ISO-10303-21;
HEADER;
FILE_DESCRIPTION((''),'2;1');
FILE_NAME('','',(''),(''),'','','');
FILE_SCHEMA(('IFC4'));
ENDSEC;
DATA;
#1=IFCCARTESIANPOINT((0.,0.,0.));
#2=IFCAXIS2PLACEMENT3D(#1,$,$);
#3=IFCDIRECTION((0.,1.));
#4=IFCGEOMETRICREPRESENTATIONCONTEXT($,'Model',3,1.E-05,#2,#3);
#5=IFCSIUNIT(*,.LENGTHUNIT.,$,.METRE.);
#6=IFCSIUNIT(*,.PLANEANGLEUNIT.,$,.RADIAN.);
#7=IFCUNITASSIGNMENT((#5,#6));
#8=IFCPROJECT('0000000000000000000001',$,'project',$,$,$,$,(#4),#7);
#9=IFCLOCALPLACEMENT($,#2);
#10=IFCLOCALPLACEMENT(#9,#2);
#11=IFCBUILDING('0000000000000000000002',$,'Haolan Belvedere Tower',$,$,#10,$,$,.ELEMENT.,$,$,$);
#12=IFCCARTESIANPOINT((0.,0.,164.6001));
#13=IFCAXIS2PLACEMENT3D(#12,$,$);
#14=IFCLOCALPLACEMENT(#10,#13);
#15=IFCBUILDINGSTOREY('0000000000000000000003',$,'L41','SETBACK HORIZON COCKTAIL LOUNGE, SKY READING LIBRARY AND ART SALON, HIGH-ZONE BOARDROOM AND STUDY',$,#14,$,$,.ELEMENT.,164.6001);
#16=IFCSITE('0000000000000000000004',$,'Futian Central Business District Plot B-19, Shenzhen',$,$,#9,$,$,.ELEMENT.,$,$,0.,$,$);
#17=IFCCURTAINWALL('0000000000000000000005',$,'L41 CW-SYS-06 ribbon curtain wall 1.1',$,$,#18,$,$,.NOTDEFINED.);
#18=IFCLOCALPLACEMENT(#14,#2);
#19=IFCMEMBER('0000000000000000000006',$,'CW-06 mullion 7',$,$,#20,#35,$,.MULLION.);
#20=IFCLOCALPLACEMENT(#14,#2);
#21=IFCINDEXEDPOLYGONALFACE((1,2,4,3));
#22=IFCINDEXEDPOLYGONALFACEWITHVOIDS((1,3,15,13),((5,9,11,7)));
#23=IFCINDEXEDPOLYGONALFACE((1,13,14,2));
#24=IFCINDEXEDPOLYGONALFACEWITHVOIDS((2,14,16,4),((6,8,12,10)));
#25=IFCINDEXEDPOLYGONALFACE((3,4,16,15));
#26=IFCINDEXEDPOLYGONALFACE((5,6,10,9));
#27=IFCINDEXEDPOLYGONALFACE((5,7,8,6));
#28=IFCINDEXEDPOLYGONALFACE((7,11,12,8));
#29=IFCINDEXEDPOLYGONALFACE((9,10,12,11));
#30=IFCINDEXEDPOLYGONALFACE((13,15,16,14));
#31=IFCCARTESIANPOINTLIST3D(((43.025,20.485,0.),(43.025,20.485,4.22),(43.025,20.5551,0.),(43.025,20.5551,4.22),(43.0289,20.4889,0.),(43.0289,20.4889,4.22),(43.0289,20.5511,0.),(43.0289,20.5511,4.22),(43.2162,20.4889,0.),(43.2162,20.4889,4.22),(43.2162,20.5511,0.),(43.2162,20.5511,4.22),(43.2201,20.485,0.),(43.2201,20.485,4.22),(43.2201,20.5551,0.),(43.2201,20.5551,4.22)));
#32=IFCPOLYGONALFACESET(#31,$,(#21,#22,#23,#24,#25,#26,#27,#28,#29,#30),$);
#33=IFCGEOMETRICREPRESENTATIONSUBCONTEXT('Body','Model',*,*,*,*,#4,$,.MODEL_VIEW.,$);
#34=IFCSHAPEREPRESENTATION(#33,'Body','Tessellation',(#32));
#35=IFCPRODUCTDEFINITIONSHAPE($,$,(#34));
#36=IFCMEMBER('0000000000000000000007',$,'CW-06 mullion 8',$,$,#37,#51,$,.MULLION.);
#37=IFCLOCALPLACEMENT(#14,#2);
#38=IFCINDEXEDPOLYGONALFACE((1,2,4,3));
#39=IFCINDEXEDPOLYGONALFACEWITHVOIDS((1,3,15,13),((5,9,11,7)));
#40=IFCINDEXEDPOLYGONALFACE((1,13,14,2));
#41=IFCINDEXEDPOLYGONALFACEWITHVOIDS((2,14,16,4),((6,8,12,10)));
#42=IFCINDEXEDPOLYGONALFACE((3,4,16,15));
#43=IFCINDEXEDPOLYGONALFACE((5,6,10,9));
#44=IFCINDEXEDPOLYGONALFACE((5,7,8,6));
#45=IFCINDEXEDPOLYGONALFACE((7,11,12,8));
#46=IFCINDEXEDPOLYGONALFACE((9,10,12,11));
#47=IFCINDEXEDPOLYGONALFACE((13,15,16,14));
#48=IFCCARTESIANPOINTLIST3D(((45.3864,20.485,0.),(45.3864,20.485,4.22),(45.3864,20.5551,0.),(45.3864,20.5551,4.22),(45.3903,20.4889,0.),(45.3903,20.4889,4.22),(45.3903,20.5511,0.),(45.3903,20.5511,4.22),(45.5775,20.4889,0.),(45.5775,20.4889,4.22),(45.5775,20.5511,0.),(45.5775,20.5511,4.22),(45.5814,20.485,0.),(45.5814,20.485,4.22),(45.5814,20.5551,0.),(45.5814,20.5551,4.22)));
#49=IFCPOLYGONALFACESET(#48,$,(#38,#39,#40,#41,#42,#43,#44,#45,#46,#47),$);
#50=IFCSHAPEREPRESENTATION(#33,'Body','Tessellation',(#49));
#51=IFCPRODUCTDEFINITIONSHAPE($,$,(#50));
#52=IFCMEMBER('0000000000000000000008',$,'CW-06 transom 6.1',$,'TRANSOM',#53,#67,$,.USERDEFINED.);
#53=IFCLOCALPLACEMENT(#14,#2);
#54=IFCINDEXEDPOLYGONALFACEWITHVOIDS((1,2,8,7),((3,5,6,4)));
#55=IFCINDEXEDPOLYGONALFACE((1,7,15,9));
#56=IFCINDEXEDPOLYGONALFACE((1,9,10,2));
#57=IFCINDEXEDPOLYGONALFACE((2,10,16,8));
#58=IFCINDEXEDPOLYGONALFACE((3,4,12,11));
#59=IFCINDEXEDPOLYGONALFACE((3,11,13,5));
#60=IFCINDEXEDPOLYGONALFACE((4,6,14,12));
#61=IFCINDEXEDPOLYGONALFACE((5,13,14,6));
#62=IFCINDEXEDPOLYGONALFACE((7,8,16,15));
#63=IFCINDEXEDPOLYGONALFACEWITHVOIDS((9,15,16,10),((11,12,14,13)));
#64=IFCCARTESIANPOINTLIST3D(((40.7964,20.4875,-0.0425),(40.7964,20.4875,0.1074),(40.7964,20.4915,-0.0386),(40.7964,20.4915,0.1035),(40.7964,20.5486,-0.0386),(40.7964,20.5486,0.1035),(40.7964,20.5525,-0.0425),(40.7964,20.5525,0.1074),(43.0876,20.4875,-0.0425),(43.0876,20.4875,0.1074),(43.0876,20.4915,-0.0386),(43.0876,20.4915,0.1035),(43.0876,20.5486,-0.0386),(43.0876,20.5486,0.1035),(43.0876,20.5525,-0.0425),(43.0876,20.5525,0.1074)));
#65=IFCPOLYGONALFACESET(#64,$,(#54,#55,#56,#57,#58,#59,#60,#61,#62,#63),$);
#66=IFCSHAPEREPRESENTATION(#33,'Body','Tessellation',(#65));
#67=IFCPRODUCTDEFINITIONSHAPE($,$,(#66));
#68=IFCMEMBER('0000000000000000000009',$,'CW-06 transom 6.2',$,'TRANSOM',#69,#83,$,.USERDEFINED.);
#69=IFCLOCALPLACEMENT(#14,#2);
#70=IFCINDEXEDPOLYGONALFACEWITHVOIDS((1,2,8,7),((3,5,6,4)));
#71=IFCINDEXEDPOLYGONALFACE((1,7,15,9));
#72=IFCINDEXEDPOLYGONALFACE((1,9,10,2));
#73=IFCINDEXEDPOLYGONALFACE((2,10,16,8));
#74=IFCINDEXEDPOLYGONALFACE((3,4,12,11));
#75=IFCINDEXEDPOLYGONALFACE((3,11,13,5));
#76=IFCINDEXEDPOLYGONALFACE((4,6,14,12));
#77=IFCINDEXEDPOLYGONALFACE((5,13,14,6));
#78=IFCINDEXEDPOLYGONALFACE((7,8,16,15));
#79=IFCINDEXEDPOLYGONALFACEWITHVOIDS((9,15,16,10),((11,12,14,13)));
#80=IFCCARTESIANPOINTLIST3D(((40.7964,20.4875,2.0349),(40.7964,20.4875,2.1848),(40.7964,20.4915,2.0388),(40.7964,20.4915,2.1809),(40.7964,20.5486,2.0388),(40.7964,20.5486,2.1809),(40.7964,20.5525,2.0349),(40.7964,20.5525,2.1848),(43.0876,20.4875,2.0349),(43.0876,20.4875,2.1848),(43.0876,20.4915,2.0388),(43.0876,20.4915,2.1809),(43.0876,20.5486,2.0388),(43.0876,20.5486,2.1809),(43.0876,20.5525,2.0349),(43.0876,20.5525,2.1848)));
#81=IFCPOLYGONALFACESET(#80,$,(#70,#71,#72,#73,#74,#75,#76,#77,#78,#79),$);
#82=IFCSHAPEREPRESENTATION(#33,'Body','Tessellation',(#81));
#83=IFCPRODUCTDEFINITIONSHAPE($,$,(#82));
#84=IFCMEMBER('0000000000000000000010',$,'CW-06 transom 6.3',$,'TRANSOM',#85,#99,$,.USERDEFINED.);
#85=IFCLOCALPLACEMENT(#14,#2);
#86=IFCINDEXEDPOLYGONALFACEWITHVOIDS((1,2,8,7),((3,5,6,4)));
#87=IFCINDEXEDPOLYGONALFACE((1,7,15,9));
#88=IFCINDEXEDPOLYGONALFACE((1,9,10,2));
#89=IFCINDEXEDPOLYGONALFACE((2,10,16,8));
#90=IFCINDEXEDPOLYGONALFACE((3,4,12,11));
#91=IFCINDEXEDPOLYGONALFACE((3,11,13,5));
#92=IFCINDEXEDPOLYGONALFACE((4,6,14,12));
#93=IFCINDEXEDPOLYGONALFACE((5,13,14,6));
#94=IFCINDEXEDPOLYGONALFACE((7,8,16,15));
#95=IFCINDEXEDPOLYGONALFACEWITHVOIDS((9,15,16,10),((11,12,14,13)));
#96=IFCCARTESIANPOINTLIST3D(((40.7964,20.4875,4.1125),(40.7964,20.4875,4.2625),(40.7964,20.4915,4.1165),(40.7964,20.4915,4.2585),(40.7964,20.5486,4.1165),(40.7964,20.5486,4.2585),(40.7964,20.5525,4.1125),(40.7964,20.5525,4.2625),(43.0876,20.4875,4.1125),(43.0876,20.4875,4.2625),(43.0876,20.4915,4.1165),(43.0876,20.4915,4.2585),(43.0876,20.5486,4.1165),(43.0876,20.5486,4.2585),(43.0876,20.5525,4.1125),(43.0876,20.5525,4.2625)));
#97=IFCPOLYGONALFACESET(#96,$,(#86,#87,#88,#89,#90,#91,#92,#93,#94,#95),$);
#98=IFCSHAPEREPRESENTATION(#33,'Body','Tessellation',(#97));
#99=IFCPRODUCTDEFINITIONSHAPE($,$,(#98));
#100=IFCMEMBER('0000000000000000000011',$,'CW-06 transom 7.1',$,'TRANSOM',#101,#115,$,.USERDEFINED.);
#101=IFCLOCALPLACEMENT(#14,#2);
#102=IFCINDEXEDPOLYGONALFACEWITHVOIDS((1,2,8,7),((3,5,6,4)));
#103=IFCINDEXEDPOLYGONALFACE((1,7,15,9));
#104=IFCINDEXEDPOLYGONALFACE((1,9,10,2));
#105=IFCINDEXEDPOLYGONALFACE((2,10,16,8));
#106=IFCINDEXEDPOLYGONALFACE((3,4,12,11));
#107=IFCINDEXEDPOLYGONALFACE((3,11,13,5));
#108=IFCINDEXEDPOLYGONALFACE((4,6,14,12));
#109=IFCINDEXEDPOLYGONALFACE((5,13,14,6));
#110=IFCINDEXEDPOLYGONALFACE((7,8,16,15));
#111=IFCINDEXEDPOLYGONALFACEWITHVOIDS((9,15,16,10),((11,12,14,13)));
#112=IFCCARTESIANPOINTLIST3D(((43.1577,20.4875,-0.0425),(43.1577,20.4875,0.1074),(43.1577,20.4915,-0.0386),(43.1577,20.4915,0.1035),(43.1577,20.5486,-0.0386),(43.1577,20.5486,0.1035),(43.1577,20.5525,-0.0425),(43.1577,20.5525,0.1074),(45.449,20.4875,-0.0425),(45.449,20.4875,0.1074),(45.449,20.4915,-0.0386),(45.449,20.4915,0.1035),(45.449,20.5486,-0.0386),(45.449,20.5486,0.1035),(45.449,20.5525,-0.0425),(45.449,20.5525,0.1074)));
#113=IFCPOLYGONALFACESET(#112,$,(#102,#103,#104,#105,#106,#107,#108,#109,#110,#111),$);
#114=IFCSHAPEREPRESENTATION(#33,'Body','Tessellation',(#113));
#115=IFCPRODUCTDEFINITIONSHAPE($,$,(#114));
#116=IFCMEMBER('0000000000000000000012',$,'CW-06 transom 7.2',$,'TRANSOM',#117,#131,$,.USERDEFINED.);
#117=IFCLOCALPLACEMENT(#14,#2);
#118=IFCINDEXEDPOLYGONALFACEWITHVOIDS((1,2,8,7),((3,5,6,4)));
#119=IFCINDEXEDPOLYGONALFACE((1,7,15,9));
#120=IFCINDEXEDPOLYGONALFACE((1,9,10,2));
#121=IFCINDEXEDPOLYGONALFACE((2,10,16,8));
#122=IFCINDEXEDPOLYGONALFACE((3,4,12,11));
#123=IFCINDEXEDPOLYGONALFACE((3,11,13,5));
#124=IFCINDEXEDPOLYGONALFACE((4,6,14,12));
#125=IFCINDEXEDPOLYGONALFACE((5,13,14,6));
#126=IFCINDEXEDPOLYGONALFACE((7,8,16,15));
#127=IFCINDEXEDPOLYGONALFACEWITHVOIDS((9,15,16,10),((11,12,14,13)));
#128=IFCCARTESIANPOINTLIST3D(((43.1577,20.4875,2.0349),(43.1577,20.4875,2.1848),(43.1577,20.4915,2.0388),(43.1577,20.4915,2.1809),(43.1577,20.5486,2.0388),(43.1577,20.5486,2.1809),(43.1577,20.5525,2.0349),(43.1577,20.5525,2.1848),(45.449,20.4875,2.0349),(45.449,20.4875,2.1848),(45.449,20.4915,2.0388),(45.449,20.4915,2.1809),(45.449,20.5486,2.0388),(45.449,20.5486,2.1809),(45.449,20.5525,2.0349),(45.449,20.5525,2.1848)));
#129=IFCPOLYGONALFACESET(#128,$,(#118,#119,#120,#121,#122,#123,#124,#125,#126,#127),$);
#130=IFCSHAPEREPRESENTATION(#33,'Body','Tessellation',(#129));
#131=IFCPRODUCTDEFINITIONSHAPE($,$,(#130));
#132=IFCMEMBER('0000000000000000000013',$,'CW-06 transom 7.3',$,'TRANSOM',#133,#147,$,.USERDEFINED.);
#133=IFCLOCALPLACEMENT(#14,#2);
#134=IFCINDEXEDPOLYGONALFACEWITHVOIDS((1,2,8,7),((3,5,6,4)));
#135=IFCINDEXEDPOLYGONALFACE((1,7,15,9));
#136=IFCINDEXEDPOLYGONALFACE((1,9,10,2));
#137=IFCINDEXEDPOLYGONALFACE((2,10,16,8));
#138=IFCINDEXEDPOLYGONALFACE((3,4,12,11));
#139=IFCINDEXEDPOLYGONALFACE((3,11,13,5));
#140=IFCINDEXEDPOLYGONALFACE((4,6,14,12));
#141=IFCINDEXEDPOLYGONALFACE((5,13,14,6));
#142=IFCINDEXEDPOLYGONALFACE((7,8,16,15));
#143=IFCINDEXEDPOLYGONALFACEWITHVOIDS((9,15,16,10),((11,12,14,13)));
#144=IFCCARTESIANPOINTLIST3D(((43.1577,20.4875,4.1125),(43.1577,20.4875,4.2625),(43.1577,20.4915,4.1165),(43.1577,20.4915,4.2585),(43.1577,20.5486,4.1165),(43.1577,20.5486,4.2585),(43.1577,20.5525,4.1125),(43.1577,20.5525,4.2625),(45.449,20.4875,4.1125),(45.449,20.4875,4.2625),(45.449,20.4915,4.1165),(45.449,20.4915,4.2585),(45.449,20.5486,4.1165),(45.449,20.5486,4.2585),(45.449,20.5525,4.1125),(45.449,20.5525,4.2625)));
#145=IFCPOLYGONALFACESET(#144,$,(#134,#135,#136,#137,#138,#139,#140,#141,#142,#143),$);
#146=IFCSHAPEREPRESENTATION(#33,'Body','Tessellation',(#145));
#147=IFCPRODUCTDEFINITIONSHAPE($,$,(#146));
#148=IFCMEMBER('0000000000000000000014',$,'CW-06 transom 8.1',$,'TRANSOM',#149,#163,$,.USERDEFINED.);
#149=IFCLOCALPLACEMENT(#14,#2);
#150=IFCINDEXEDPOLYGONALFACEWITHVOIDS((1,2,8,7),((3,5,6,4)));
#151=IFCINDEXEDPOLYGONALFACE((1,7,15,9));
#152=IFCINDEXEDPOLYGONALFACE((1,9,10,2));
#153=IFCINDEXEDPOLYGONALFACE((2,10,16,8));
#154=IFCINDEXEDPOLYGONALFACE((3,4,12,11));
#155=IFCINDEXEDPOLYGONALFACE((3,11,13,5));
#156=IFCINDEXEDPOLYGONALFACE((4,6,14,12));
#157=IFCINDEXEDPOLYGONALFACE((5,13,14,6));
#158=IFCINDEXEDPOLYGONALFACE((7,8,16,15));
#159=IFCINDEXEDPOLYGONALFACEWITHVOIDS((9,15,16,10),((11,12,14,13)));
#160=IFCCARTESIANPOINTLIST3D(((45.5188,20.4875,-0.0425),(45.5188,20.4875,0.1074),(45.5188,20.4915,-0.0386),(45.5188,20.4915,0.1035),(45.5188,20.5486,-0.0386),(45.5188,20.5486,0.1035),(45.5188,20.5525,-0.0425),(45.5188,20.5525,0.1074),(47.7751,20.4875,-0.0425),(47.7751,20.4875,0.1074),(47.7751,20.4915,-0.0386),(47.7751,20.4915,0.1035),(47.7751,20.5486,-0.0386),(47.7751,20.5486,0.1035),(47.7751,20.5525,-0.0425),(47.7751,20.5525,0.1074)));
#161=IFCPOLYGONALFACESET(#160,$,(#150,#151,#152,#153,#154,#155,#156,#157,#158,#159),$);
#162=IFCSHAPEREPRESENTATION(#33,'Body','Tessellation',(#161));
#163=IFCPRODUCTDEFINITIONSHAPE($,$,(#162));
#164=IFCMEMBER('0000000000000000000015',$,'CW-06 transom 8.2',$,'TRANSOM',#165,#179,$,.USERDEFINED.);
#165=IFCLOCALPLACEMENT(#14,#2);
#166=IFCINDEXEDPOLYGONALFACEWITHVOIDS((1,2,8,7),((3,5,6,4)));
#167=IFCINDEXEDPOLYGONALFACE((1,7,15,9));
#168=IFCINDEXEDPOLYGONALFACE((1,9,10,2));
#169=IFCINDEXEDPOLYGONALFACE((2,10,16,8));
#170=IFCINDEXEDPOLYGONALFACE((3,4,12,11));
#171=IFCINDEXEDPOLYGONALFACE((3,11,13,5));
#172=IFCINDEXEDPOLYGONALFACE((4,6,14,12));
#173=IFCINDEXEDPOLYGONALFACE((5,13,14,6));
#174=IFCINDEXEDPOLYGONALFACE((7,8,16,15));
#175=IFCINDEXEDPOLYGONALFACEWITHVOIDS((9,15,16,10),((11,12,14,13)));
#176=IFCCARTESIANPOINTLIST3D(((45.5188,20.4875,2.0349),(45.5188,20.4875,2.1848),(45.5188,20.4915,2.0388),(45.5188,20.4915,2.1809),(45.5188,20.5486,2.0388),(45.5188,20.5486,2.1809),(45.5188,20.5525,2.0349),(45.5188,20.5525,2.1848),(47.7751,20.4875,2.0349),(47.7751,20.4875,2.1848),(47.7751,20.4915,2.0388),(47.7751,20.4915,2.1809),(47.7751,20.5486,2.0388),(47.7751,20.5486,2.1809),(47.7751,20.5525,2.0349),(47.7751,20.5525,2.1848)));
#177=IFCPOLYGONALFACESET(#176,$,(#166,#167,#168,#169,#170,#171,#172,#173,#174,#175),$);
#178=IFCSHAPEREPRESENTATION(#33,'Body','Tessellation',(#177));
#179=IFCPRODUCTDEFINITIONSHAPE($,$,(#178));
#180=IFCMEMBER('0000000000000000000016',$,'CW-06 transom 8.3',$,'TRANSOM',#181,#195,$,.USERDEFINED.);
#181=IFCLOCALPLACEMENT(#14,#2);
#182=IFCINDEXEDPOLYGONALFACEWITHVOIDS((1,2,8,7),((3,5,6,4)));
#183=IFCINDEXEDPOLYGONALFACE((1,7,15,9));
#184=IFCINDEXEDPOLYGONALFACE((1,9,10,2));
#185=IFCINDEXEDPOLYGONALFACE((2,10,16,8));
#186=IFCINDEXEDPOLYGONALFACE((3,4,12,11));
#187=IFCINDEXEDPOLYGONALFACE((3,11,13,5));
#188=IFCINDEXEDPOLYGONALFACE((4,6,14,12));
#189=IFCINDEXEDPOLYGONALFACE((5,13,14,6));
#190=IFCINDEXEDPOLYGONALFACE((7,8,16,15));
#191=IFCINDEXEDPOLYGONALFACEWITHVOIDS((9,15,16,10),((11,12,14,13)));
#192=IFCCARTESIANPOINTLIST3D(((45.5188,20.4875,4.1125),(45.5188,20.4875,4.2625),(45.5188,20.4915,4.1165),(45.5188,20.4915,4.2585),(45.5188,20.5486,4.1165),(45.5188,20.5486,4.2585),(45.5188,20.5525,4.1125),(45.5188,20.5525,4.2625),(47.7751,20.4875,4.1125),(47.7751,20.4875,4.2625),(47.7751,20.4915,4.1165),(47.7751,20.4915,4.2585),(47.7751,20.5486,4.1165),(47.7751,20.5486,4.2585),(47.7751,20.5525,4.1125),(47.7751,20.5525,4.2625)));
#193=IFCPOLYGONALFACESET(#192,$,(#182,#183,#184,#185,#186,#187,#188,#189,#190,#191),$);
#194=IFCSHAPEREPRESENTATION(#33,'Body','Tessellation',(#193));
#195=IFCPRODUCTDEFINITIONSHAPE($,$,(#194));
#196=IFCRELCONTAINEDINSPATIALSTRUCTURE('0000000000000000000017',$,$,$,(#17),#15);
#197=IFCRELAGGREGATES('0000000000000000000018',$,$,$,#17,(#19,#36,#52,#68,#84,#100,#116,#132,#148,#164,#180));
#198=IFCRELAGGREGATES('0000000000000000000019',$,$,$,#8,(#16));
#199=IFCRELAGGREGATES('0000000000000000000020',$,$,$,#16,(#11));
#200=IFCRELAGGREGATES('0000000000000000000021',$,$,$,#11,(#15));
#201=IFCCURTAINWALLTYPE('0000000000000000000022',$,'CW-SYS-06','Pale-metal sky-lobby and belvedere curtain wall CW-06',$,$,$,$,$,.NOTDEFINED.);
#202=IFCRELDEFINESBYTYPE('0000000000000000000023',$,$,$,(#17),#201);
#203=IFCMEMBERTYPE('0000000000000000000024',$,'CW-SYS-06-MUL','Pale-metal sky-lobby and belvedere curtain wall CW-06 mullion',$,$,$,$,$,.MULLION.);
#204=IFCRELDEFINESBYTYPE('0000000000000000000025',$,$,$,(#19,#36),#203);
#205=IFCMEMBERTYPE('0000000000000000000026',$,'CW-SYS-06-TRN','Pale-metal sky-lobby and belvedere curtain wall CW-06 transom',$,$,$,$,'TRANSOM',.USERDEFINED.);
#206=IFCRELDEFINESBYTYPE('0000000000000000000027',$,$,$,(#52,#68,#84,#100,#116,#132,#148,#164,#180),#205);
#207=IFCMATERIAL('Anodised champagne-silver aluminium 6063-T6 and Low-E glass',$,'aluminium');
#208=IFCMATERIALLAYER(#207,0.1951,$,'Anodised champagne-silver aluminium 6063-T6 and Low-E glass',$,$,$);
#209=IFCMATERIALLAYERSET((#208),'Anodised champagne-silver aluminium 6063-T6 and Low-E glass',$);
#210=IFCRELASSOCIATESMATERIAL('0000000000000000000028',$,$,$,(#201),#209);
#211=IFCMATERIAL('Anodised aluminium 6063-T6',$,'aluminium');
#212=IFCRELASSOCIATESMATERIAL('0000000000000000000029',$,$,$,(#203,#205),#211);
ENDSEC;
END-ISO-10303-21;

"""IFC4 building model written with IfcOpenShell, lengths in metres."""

from ifc_helpers import new_model, si_unit, direction, frame, origin, origin_2d, place, context, subcontext, project, spatial, hollow_rectangle, extrude, material, layer, layer_set, material_profile, profile_set, type_object, element, aggregate, save


model = new_model("IFC4")

# Units and contexts
model_context = context("Model", 3, precision=1e-05, world=origin(), true_north=direction((0.0, 1.0)))
body_context = subcontext(model_context, "Body", "Model", "MODEL_VIEW")
ifc_project = project(units=[si_unit("LENGTHUNIT", "METRE"), si_unit("PLANEANGLEUNIT", "RADIAN")], contexts=[model_context])

# Site, building, storey
site_placement = place(None, origin())
site = spatial("IfcSite", under=ifc_project, at=site_placement, Name="Futian Central Business District Plot B-19, Shenzhen", CompositionType="ELEMENT", RefElevation=0.0)
building_placement = place(site_placement, origin())
building = spatial("IfcBuilding", under=site, at=building_placement, Name="Haolan Belvedere Tower", CompositionType="ELEMENT")
storey_placement = place(building_placement, frame((0.0, 0.0, 164.6001)))
storey = spatial("IfcBuildingStorey", under=building, at=storey_placement, Name="L41", Description="SETBACK HORIZON COCKTAIL LOUNGE, SKY READING LIBRARY AND ART SALON, HIGH-ZONE BOARDROOM AND STUDY", CompositionType="ELEMENT", Elevation=164.6001)

# Curtain wall, members
ifc_material_1 = material(Name="Anodised champagne-silver aluminium 6063-T6 and Low-E glass", Category="aluminium")
ifc_layer_1 = layer(ifc_material_1, 0.1951, Name="Anodised champagne-silver aluminium 6063-T6 and Low-E glass")
ifc_layer_set_1 = layer_set([ifc_layer_1], Name="Anodised champagne-silver aluminium 6063-T6 and Low-E glass")
curtain_wall_type = type_object("IfcCurtainWallType", Name="CW-SYS-06", Description="Pale-metal sky-lobby and belvedere curtain wall CW-06", PredefinedType="NOTDEFINED", material=ifc_layer_set_1)
curtain_wall_placement = place(storey_placement, origin())
curtain_wall = element("IfcCurtainWall", 1, at=curtain_wall_placement, inside=storey, type_object=curtain_wall_type, Name="L41 CW-SYS-06 ribbon curtain wall 1.1", PredefinedType="NOTDEFINED")
ifc_material_2 = material(Name="Anodised aluminium 6063-T6", Category="aluminium")
ifc_material_profile_1 = material_profile(ifc_material_2, hollow_rectangle(XDim=0.0701, YDim=0.1951, WallThickness=0.0039, at=origin_2d()), Name="Anodised aluminium 6063-T6")
ifc_profile_set_1 = profile_set([ifc_material_profile_1], Name="Anodised aluminium 6063-T6")
member_type_1 = type_object("IfcMemberType", Name="CW-SYS-06-MUL", Description="Pale-metal sky-lobby and belvedere curtain wall CW-06 mullion", PredefinedType="MULLION", material=ifc_profile_set_1)
member_1_placement = place(storey_placement, frame((43.1226, 20.52, 0.0), z_axis=(0.0, 0.0, 1.0), x_axis=(0.0, 1.0, 0.0)))
member_1 = element("IfcMember", 2, at=member_1_placement, type_object=member_type_1, Name="CW-06 mullion 7", PredefinedType="MULLION", context=body_context, shape_type="SweptSolid", body=[
    extrude(hollow_rectangle(XDim=0.0701, YDim=0.1951, WallThickness=0.0039, at=origin_2d()), origin(), (0.0, 0.0, 1.0), 4.22),
])
member_2_placement = place(storey_placement, frame((45.4839, 20.52, 0.0), z_axis=(0.0, 0.0, 1.0), x_axis=(0.0, 1.0, 0.0)))
member_2 = element("IfcMember", 3, at=member_2_placement, type_object=member_type_1, Name="CW-06 mullion 8", PredefinedType="MULLION", context=body_context, shape_type="SweptSolid", body=[
    extrude(hollow_rectangle(XDim=0.0701, YDim=0.1951, WallThickness=0.0039, at=origin_2d()), origin(), (0.0, 0.0, 1.0), 4.22),
])
ifc_material_profile_2 = material_profile(ifc_material_2, hollow_rectangle(XDim=0.0649, YDim=0.1499, WallThickness=0.0039, at=origin_2d()), Name="Anodised aluminium 6063-T6")
ifc_profile_set_2 = profile_set([ifc_material_profile_2], Name="Anodised aluminium 6063-T6")
member_type_2 = type_object("IfcMemberType", Name="CW-SYS-06-TRN", Description="Pale-metal sky-lobby and belvedere curtain wall CW-06 transom", ElementType="TRANSOM", PredefinedType="USERDEFINED", material=ifc_profile_set_2)
member_3_placement = place(storey_placement, frame((40.7964, 20.52, 0.0325), z_axis=(1.0, 0.0, 0.0), x_axis=(0.0, 1.0, 0.0)))
member_3 = element("IfcMember", 4, at=member_3_placement, type_object=member_type_2, Name="CW-06 transom 6.1", ObjectType="TRANSOM", PredefinedType="USERDEFINED", context=body_context, shape_type="SweptSolid", body=[
    extrude(hollow_rectangle(XDim=0.0649, YDim=0.1499, WallThickness=0.0039, at=origin_2d()), origin(), (0.0, 0.0, 1.0), 2.2913),
])
member_4_placement = place(storey_placement, frame((40.7964, 20.52, 2.1099), z_axis=(1.0, 0.0, 0.0), x_axis=(0.0, 1.0, 0.0)))
member_4 = element("IfcMember", 5, at=member_4_placement, type_object=member_type_2, Name="CW-06 transom 6.2", ObjectType="TRANSOM", PredefinedType="USERDEFINED", context=body_context, shape_type="SweptSolid", body=[
    extrude(hollow_rectangle(XDim=0.0649, YDim=0.1499, WallThickness=0.0039, at=origin_2d()), origin(), (0.0, 0.0, 1.0), 2.2913),
])
member_5_placement = place(storey_placement, frame((40.7964, 20.52, 4.1875), z_axis=(1.0, 0.0, 0.0), x_axis=(0.0, 1.0, 0.0)))
member_5 = element("IfcMember", 6, at=member_5_placement, type_object=member_type_2, Name="CW-06 transom 6.3", ObjectType="TRANSOM", PredefinedType="USERDEFINED", context=body_context, shape_type="SweptSolid", body=[
    extrude(hollow_rectangle(XDim=0.0649, YDim=0.1499, WallThickness=0.0039, at=origin_2d()), origin(), (0.0, 0.0, 1.0), 2.2913),
])
member_6_placement = place(storey_placement, frame((43.1577, 20.52, 0.0325), z_axis=(1.0, 0.0, 0.0), x_axis=(0.0, 1.0, 0.0)))
member_6 = element("IfcMember", 7, at=member_6_placement, type_object=member_type_2, Name="CW-06 transom 7.1", ObjectType="TRANSOM", PredefinedType="USERDEFINED", context=body_context, shape_type="SweptSolid", body=[
    extrude(hollow_rectangle(XDim=0.0649, YDim=0.1499, WallThickness=0.0039, at=origin_2d()), origin(), (0.0, 0.0, 1.0), 2.2913),
])
member_7_placement = place(storey_placement, frame((43.1577, 20.52, 2.1099), z_axis=(1.0, 0.0, 0.0), x_axis=(0.0, 1.0, 0.0)))
member_7 = element("IfcMember", 8, at=member_7_placement, type_object=member_type_2, Name="CW-06 transom 7.2", ObjectType="TRANSOM", PredefinedType="USERDEFINED", context=body_context, shape_type="SweptSolid", body=[
    extrude(hollow_rectangle(XDim=0.0649, YDim=0.1499, WallThickness=0.0039, at=origin_2d()), origin(), (0.0, 0.0, 1.0), 2.2913),
])
member_8_placement = place(storey_placement, frame((43.1577, 20.52, 4.1875), z_axis=(1.0, 0.0, 0.0), x_axis=(0.0, 1.0, 0.0)))
member_8 = element("IfcMember", 9, at=member_8_placement, type_object=member_type_2, Name="CW-06 transom 7.3", ObjectType="TRANSOM", PredefinedType="USERDEFINED", context=body_context, shape_type="SweptSolid", body=[
    extrude(hollow_rectangle(XDim=0.0649, YDim=0.1499, WallThickness=0.0039, at=origin_2d()), origin(), (0.0, 0.0, 1.0), 2.2913),
])
member_9_placement = place(storey_placement, frame((45.5188, 20.52, 0.0325), z_axis=(1.0, 0.0, 0.0), x_axis=(0.0, 1.0, 0.0)))
member_9 = element("IfcMember", 10, at=member_9_placement, type_object=member_type_2, Name="CW-06 transom 8.1", ObjectType="TRANSOM", PredefinedType="USERDEFINED", context=body_context, shape_type="SweptSolid", body=[
    extrude(hollow_rectangle(XDim=0.0649, YDim=0.1499, WallThickness=0.0039, at=origin_2d()), origin(), (0.0, 0.0, 1.0), 2.2563),
])
member_10_placement = place(storey_placement, frame((45.5188, 20.52, 2.1099), z_axis=(1.0, 0.0, 0.0), x_axis=(0.0, 1.0, 0.0)))
member_10 = element("IfcMember", 11, at=member_10_placement, type_object=member_type_2, Name="CW-06 transom 8.2", ObjectType="TRANSOM", PredefinedType="USERDEFINED", context=body_context, shape_type="SweptSolid", body=[
    extrude(hollow_rectangle(XDim=0.0649, YDim=0.1499, WallThickness=0.0039, at=origin_2d()), origin(), (0.0, 0.0, 1.0), 2.2563),
])
member_11_placement = place(storey_placement, frame((45.5188, 20.52, 4.1875), z_axis=(1.0, 0.0, 0.0), x_axis=(0.0, 1.0, 0.0)))
member_11 = element("IfcMember", 12, at=member_11_placement, type_object=member_type_2, Name="CW-06 transom 8.3", ObjectType="TRANSOM", PredefinedType="USERDEFINED", context=body_context, shape_type="SweptSolid", body=[
    extrude(hollow_rectangle(XDim=0.0649, YDim=0.1499, WallThickness=0.0039, at=origin_2d()), origin(), (0.0, 0.0, 1.0), 2.2563),
])
aggregate(curtain_wall, [member_1, member_2, member_3, member_4, member_5, member_6, member_7, member_8, member_9, member_10, member_11])

save(model, "model.ifc")
